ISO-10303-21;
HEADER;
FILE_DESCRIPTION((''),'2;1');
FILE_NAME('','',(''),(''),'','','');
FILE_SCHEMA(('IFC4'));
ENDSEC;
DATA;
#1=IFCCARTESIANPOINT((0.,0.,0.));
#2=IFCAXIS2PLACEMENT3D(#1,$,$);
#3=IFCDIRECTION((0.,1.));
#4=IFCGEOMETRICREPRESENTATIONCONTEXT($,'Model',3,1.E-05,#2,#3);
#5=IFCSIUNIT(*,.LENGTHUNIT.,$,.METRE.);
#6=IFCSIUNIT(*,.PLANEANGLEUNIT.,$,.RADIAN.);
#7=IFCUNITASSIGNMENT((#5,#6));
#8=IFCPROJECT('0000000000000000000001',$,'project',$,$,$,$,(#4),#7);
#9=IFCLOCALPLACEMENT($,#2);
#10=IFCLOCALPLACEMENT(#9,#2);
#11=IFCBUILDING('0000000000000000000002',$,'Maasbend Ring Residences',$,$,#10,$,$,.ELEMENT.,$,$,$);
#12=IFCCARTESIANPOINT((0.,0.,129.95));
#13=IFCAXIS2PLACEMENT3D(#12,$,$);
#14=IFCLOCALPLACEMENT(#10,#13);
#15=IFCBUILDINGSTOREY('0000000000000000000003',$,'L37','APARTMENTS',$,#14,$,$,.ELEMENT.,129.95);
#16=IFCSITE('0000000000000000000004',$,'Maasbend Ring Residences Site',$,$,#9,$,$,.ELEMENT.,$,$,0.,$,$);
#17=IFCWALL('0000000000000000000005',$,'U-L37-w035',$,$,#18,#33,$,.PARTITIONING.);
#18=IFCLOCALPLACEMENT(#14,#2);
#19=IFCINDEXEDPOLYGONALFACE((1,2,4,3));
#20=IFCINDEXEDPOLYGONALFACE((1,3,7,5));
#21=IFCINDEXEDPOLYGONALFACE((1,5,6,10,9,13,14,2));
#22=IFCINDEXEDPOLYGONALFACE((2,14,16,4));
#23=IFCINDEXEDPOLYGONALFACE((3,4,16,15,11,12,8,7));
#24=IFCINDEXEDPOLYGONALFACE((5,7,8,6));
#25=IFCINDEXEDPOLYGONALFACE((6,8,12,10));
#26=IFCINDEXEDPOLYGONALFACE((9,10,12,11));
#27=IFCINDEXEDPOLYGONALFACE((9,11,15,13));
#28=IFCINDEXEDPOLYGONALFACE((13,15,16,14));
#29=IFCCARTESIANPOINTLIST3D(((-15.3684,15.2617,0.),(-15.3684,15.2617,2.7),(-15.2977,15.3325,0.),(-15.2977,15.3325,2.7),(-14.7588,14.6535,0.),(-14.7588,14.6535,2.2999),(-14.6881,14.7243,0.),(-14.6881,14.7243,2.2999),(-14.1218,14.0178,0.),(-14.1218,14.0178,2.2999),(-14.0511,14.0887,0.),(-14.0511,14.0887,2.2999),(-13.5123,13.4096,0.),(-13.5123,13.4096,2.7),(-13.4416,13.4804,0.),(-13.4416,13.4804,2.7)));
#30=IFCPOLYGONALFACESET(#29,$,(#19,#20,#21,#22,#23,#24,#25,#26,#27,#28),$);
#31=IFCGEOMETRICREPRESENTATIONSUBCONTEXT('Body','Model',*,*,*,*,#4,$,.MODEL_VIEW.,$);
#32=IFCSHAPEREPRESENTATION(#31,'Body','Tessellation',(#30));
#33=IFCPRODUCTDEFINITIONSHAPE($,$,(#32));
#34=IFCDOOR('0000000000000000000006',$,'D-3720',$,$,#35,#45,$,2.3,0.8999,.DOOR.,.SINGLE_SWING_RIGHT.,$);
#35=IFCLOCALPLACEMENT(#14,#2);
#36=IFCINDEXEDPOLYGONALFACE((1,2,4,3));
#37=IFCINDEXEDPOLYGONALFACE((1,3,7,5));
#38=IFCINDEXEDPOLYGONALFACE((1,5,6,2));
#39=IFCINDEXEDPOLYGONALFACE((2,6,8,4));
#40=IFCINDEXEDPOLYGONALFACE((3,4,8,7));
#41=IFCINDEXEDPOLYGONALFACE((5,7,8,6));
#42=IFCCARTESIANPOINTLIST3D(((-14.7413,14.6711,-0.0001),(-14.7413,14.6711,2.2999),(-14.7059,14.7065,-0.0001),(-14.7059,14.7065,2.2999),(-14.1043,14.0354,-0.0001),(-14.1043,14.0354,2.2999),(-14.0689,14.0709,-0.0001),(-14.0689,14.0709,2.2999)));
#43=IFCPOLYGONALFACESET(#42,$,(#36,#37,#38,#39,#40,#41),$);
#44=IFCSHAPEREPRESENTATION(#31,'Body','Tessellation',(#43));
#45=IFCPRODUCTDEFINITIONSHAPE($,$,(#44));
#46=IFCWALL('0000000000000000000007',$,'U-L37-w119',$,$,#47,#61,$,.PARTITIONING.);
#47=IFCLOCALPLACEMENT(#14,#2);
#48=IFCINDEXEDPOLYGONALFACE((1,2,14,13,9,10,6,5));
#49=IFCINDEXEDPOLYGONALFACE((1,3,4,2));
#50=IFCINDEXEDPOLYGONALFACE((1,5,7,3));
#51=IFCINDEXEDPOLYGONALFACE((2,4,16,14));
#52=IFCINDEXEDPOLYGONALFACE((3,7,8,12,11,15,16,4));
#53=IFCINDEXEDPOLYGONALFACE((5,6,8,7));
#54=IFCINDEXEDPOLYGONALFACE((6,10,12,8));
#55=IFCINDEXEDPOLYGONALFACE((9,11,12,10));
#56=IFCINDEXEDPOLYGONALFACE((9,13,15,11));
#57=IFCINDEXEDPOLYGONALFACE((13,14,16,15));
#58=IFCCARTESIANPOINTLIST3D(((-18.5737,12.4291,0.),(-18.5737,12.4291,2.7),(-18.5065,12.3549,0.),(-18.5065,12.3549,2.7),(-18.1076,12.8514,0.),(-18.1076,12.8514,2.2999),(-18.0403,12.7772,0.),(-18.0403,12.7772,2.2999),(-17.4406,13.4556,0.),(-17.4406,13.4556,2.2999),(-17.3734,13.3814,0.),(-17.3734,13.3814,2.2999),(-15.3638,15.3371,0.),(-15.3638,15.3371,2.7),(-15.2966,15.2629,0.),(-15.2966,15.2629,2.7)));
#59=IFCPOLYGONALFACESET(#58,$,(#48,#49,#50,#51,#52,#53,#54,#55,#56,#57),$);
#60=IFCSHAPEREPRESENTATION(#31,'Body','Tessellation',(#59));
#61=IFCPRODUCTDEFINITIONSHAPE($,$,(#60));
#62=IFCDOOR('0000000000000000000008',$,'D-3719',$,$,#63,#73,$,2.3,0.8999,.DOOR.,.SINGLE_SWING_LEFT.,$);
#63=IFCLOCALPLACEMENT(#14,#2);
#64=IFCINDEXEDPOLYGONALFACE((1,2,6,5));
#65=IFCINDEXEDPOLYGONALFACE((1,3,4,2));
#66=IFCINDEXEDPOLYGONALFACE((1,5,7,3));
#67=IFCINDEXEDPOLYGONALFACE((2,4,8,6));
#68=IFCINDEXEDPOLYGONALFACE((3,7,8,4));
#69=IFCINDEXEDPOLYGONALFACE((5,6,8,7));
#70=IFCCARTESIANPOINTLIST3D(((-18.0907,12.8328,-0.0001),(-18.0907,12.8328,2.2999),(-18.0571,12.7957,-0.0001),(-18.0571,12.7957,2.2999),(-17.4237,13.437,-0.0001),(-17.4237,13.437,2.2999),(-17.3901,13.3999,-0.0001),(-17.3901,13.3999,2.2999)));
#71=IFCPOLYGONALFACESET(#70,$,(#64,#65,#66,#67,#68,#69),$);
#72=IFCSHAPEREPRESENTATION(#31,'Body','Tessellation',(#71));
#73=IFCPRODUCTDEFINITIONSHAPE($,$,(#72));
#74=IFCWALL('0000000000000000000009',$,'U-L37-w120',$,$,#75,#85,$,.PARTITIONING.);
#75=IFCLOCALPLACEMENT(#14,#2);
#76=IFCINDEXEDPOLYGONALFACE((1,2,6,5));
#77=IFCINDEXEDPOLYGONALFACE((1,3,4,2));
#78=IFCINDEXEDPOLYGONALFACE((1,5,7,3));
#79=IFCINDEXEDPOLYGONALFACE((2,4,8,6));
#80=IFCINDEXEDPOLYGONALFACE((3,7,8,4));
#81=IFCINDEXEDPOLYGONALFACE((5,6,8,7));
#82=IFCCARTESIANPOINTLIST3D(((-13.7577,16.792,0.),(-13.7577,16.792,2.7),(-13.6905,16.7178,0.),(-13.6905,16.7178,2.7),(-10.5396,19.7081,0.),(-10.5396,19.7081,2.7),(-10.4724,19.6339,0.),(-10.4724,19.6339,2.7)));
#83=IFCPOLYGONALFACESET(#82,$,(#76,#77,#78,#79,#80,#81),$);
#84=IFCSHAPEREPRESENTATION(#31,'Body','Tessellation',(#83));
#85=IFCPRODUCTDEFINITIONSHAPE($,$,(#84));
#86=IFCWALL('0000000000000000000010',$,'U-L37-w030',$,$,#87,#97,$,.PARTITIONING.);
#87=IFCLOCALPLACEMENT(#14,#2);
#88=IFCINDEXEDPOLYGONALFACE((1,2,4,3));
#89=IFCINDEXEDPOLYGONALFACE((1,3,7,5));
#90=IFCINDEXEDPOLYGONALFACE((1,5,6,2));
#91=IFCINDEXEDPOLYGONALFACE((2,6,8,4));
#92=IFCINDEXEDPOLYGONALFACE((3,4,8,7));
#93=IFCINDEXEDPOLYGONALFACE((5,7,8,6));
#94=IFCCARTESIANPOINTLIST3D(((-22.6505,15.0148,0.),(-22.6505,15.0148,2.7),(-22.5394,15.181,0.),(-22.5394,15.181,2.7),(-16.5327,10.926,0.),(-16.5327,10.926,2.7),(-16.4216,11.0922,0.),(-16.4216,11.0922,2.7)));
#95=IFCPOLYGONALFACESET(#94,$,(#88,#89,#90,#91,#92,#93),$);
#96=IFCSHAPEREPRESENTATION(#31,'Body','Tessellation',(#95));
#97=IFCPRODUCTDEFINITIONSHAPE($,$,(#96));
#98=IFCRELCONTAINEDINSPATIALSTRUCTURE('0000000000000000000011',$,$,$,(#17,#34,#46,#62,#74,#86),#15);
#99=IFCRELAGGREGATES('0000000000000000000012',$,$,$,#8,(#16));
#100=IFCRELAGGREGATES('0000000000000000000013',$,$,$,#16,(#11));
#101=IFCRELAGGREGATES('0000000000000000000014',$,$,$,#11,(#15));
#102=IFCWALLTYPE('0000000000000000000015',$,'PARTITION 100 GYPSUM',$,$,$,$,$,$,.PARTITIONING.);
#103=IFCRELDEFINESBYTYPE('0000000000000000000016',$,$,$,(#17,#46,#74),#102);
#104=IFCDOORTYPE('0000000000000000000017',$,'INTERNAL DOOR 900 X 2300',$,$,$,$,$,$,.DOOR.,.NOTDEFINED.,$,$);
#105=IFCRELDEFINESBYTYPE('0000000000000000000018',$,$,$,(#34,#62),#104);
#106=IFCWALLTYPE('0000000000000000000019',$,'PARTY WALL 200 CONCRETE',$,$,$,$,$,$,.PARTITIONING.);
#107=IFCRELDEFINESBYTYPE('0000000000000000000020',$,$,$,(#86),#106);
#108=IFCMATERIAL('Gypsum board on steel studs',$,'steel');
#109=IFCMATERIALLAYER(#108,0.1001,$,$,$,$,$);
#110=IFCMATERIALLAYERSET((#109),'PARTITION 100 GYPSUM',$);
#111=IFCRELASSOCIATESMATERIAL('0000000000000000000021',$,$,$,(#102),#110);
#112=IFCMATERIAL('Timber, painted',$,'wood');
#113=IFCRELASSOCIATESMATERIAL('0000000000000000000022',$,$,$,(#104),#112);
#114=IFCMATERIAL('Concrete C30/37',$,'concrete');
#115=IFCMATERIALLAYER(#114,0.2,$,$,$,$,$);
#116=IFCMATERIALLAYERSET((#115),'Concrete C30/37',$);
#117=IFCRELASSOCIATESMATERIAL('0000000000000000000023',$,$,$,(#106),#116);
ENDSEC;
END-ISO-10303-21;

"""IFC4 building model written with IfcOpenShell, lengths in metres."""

from ifc_helpers import new_model, si_unit, direction, frame, frame_2d, origin, place, context, subcontext, project, spatial, rectangle, extrude, material, layer, layer_set, type_object, element, fill, save


model = new_model("IFC4")

# Units and contexts
model_context = context("Model", 3, precision=1e-05, world=origin(), true_north=direction((0.0, 1.0)))
body_context = subcontext(model_context, "Body", "Model", "MODEL_VIEW")
ifc_project = project(units=[si_unit("LENGTHUNIT", "METRE"), si_unit("PLANEANGLEUNIT", "RADIAN")], contexts=[model_context])

# Site, building, storey
site_placement = place(None, origin())
site = spatial("IfcSite", under=ifc_project, at=site_placement, Name="Maasbend Ring Residences Site", CompositionType="ELEMENT", RefElevation=0.0)
building_placement = place(site_placement, origin())
building = spatial("IfcBuilding", under=site, at=building_placement, Name="Maasbend Ring Residences", CompositionType="ELEMENT")
storey_placement = place(building_placement, frame((0.0, 0.0, 129.95)))
storey = spatial("IfcBuildingStorey", under=building, at=storey_placement, Name="L37", Description="APARTMENTS", CompositionType="ELEMENT", Elevation=129.95)

# Shared definitions
ifc_material_1 = material(Name="Gypsum board on steel studs", Category="steel")
ifc_layer_1 = layer(ifc_material_1, 0.1001)
ifc_layer_set_1 = layer_set([ifc_layer_1], Name="PARTITION 100 GYPSUM")
wall_type_1 = type_object("IfcWallType", Name="PARTITION 100 GYPSUM", PredefinedType="PARTITIONING", material=ifc_layer_set_1)

# Walls, openings, doors
wall_1_placement = place(storey_placement, frame((-15.333, 15.2971, 0.0), z_axis=(0.0, 0.0, 1.0), x_axis=(0.707851, -0.706361, 0.0)))
wall_1 = element("IfcWall", 1, at=wall_1_placement, inside=storey, type_object=wall_type_1, Name="U-L37-w035", PredefinedType="PARTITIONING", context=body_context, shape_type="SweptSolid", body=[
    extrude(rectangle(XDim=2.6221, YDim=0.1001, at=frame_2d((1.311, 0.0))), origin(), (0.0, 0.0, 1.0), 2.7),
])
opening_1_placement = place(wall_1_placement, frame((0.8611, 0.0, 0.0)))
opening_1 = element("IfcOpeningElement", 2, at=opening_1_placement, cuts=wall_1, PredefinedType="OPENING", context=body_context, shape_type="SweptSolid", body=[
    extrude(rectangle(XDim=0.8999, YDim=2.3, at=frame_2d((0.45, 1.1499))), frame((0.0, 0.0601, 0.0), z_axis=(0.0, -1.0, 0.0), x_axis=(1.0, 0.0, 0.0)), (0.0, 0.0, 1.0), 0.1201),
])
ifc_material_2 = material(Name="Timber, painted", Category="wood")
door_type_1 = type_object("IfcDoorType", Name="INTERNAL DOOR 900 X 2300", OperationType="NOTDEFINED", PredefinedType="DOOR", material=ifc_material_2)
door_1_placement = place(opening_1_placement, origin())
door_1 = element("IfcDoor", 3, at=door_1_placement, inside=storey, type_object=door_type_1, Name="D-3720", OperationType="SINGLE_SWING_RIGHT", OverallHeight=2.3, OverallWidth=0.8999, PredefinedType="DOOR", context=body_context, shape_type="SweptSolid", body=[
    extrude(rectangle(XDim=0.8999, YDim=2.3, at=frame_2d((0.45, 1.1499))), frame((0.0, 0.0249, 0.0), z_axis=(0.0, -1.0, 0.0), x_axis=(1.0, 0.0, 0.0)), (0.0, 0.0, 1.0), 0.05),
])
fill(opening_1, door_1)
wall_2_placement = place(storey_placement, frame((-18.54, 12.3921, 0.0), z_axis=(0.0, 0.0, 1.0), x_axis=(0.74111, 0.671384, 0.0)))
wall_2 = element("IfcWall", 4, at=wall_2_placement, inside=storey, type_object=wall_type_1, Name="U-L37-w119", PredefinedType="PARTITIONING", context=body_context, shape_type="SweptSolid", body=[
    extrude(rectangle(XDim=4.3313, YDim=0.1001, at=frame_2d((2.1655, 0.0))), origin(), (0.0, 0.0, 1.0), 2.7),
])
opening_2_placement = place(wall_2_placement, frame((0.6289, 0.0, 0.0)))
opening_2 = element("IfcOpeningElement", 5, at=opening_2_placement, cuts=wall_2, PredefinedType="OPENING", context=body_context, shape_type="SweptSolid", body=[
    extrude(rectangle(XDim=0.8999, YDim=2.3, at=frame_2d((0.45, 1.1499))), frame((0.0, 0.0601, 0.0), z_axis=(0.0, -1.0, 0.0), x_axis=(1.0, 0.0, 0.0)), (0.0, 0.0, 1.0), 0.1201),
])
door_2_placement = place(opening_2_placement, origin())
door_2 = element("IfcDoor", 6, at=door_2_placement, inside=storey, type_object=door_type_1, Name="D-3719", OperationType="SINGLE_SWING_LEFT", OverallHeight=2.3, OverallWidth=0.8999, PredefinedType="DOOR", context=body_context, shape_type="SweptSolid", body=[
    extrude(rectangle(XDim=0.8999, YDim=2.3, at=frame_2d((0.45, 1.1499))), frame((0.0, 0.0249, 0.0), z_axis=(0.0, -1.0, 0.0), x_axis=(1.0, 0.0, 0.0)), (0.0, 0.0, 1.0), 0.05),
])
fill(opening_2, door_2)

# Walls
wall_3_placement = place(storey_placement, frame((-13.7241, 16.7549, 0.0), z_axis=(0.0, 0.0, 1.0), x_axis=(0.741023, 0.67148, 0.0)))
element("IfcWall", 7, at=wall_3_placement, inside=storey, type_object=wall_type_1, Name="U-L37-w120", PredefinedType="PARTITIONING", context=body_context, shape_type="SweptSolid", body=[
    extrude(rectangle(XDim=4.3428, YDim=0.1001, at=frame_2d((2.1714, 0.0))), origin(), (0.0, 0.0, 1.0), 2.7),
])
ifc_material_3 = material(Name="Concrete C30/37", Category="concrete")
ifc_layer_2 = layer(ifc_material_3, 0.2)
ifc_layer_set_2 = layer_set([ifc_layer_2], Name="Concrete C30/37")
wall_type_2 = type_object("IfcWallType", Name="PARTY WALL 200 CONCRETE", PredefinedType="PARTITIONING", material=ifc_layer_set_2)
wall_4_placement = place(storey_placement, frame((-22.595, 15.0979, 0.0), z_axis=(0.0, 0.0, 1.0), x_axis=(0.831407, -0.555665, 0.0)))
element("IfcWall", 8, at=wall_4_placement, inside=storey, type_object=wall_type_2, Name="U-L37-w030", PredefinedType="PARTITIONING", context=body_context, shape_type="SweptSolid", body=[
    extrude(rectangle(XDim=7.3584, YDim=0.2, at=frame_2d((3.6792, 0.0))), origin(), (0.0, 0.0, 1.0), 2.7),
])

save(model, "model.ifc")
